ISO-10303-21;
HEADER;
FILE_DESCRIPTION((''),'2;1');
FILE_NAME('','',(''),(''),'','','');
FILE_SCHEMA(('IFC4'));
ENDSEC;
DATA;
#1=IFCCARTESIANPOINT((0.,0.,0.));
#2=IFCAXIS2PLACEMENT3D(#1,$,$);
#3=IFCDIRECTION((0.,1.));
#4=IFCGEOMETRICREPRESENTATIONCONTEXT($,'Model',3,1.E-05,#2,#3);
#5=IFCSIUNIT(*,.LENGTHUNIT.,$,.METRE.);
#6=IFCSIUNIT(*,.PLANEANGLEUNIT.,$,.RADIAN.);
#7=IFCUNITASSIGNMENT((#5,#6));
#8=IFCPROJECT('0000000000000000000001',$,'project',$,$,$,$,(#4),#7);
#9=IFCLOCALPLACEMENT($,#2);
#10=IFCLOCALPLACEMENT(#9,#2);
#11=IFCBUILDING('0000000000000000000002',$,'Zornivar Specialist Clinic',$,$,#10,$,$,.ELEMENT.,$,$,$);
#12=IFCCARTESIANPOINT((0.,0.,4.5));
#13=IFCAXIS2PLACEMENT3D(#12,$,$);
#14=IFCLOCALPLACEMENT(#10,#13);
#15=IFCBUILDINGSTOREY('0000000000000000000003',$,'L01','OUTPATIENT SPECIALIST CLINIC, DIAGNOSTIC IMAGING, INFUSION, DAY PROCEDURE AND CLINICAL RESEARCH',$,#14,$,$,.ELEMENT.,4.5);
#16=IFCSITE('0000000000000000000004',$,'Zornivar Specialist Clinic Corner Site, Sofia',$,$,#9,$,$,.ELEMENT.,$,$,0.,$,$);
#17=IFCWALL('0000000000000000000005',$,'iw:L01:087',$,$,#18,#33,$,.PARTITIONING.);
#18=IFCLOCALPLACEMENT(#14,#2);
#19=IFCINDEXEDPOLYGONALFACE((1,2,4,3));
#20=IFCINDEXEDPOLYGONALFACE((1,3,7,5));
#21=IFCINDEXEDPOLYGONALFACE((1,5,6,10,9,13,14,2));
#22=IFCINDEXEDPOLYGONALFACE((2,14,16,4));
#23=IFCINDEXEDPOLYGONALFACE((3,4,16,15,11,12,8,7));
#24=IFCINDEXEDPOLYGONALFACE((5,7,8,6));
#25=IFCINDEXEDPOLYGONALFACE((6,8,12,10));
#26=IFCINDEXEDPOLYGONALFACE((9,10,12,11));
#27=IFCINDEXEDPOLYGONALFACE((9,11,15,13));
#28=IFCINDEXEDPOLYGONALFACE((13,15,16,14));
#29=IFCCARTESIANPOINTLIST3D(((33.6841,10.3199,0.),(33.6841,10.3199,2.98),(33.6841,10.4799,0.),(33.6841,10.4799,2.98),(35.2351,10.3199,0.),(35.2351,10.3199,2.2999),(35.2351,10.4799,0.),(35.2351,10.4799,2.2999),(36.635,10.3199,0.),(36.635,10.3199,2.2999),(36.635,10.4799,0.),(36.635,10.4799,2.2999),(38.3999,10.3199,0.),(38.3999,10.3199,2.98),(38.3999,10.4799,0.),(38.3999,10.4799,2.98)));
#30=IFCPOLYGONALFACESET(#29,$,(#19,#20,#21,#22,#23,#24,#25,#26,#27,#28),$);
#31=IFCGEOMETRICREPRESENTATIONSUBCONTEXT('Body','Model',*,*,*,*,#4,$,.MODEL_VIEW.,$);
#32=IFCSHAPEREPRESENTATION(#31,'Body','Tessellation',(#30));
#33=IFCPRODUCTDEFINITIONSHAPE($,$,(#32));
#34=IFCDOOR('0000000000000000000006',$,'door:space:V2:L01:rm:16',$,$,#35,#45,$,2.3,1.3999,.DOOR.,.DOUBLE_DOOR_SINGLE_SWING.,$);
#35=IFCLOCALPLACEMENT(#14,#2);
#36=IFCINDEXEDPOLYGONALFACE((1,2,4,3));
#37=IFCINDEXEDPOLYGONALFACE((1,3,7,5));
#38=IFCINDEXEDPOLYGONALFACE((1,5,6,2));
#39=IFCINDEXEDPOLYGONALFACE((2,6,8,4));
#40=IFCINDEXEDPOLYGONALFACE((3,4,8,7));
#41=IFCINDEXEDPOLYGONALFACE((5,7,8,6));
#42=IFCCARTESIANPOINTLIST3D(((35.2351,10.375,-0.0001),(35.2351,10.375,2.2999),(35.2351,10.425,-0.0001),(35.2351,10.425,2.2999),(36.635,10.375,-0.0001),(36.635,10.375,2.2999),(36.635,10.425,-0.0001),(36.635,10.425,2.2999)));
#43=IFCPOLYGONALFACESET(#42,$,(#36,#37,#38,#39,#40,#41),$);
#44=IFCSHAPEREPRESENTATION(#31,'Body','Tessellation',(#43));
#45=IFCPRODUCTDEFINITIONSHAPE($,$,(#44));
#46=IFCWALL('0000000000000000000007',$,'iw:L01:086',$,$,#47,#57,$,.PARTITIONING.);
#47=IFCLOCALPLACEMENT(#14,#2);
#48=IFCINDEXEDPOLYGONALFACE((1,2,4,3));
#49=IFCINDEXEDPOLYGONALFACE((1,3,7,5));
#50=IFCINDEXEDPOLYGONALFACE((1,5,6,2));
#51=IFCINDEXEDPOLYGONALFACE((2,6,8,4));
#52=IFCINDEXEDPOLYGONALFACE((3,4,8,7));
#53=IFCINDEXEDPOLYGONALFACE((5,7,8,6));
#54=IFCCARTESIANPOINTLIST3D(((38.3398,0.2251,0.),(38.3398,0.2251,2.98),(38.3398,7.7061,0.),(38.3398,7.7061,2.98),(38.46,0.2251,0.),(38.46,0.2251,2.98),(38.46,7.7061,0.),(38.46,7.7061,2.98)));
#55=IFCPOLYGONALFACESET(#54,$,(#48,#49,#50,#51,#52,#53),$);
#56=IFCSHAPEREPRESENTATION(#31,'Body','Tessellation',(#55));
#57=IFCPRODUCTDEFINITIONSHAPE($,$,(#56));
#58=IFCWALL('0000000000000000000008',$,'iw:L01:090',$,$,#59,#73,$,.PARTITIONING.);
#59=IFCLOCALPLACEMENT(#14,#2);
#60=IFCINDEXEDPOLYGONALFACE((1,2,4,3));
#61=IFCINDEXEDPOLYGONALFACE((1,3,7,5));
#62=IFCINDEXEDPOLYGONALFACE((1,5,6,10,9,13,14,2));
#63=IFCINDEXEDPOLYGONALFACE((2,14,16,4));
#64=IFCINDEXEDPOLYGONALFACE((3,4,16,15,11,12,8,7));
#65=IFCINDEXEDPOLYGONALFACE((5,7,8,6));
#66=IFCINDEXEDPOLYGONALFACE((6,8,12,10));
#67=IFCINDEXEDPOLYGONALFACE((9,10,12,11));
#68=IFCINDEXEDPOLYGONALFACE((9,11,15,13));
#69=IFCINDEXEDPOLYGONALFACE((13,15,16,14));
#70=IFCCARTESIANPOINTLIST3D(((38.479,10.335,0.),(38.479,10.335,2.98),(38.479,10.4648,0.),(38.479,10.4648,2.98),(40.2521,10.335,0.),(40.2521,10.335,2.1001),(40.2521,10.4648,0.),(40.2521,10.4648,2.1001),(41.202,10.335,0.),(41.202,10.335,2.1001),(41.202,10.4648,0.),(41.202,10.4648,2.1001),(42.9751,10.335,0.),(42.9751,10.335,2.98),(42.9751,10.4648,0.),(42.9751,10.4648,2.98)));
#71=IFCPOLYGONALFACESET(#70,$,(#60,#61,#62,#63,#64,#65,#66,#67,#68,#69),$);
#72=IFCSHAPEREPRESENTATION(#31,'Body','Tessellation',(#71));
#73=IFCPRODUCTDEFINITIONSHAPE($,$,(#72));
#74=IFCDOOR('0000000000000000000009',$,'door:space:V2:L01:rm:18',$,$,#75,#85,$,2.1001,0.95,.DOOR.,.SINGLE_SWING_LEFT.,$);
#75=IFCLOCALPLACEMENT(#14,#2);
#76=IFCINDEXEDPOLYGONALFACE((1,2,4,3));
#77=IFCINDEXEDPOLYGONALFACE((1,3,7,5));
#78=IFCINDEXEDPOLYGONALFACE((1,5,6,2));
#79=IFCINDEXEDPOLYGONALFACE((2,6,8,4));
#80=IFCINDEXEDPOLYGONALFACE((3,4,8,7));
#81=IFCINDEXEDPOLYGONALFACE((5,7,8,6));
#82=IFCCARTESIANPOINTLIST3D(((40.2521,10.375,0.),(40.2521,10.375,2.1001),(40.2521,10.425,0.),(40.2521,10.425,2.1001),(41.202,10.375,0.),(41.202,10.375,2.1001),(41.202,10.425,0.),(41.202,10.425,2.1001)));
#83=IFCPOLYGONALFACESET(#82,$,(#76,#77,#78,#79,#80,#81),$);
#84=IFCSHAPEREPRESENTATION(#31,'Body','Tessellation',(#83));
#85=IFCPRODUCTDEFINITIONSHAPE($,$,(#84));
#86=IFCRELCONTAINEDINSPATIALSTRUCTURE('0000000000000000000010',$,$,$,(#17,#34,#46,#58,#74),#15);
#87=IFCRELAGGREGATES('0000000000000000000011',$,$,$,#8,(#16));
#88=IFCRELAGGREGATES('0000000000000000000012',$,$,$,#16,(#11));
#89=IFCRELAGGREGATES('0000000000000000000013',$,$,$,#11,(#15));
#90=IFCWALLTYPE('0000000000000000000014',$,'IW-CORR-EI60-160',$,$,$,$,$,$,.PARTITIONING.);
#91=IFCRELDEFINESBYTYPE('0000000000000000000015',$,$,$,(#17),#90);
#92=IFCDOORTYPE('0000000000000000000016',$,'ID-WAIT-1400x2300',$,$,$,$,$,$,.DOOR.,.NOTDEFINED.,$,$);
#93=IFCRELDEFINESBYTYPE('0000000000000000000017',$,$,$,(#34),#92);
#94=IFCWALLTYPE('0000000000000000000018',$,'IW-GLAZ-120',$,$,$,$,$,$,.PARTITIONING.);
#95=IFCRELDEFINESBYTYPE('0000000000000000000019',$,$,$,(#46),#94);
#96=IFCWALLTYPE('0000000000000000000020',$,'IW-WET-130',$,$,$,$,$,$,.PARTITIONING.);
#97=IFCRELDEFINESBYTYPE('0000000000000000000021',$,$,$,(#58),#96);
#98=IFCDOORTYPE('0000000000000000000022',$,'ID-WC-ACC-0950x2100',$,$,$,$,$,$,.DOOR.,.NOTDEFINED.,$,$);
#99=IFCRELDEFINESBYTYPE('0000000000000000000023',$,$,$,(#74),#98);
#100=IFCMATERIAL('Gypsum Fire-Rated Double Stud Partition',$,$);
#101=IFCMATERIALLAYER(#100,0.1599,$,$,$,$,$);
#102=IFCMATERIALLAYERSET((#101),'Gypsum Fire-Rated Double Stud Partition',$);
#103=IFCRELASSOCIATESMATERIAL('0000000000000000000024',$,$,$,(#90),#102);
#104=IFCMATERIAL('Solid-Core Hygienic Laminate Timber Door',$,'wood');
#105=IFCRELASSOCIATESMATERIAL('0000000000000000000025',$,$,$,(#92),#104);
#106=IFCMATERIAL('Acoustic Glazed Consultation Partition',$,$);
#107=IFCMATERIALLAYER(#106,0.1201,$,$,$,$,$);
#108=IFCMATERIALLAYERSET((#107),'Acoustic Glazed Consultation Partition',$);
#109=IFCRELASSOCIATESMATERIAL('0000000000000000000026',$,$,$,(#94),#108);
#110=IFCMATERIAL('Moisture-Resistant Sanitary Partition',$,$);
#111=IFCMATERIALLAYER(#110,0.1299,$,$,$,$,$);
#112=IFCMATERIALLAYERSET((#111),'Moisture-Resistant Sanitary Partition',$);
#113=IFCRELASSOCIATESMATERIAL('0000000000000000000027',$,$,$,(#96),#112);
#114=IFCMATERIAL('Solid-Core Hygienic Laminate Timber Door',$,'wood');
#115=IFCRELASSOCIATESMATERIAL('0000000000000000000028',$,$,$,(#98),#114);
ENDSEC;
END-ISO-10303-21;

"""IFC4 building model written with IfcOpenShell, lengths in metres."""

from ifc_helpers import new_model, si_unit, direction, frame, frame_2d, origin, place, context, subcontext, project, spatial, rectangle, extrude, material, layer, layer_set, type_object, element, fill, save


model = new_model("IFC4")

# Units and contexts
model_context = context("Model", 3, precision=1e-05, world=origin(), true_north=direction((0.0, 1.0)))
body_context = subcontext(model_context, "Body", "Model", "MODEL_VIEW")
ifc_project = project(units=[si_unit("LENGTHUNIT", "METRE"), si_unit("PLANEANGLEUNIT", "RADIAN")], contexts=[model_context])

# Site, building, storey
site_placement = place(None, origin())
site = spatial("IfcSite", under=ifc_project, at=site_placement, Name="Zornivar Specialist Clinic Corner Site, Sofia", CompositionType="ELEMENT", RefElevation=0.0)
building_placement = place(site_placement, origin())
building = spatial("IfcBuilding", under=site, at=building_placement, Name="Zornivar Specialist Clinic", CompositionType="ELEMENT")
storey_placement = place(building_placement, frame((0.0, 0.0, 4.5)))
storey = spatial("IfcBuildingStorey", under=building, at=storey_placement, Name="L01", Description="OUTPATIENT SPECIALIST CLINIC, DIAGNOSTIC IMAGING, INFUSION, DAY PROCEDURE AND CLINICAL RESEARCH", CompositionType="ELEMENT", Elevation=4.5)

# Wall, opening, door
ifc_material_1 = material(Name="Gypsum Fire-Rated Double Stud Partition")
ifc_layer_1 = layer(ifc_material_1, 0.1599)
ifc_layer_set_1 = layer_set([ifc_layer_1], Name="Gypsum Fire-Rated Double Stud Partition")
wall_type_1 = type_object("IfcWallType", Name="IW-CORR-EI60-160", PredefinedType="PARTITIONING", material=ifc_layer_set_1)
wall_1_placement = place(storey_placement, frame((38.3999, 10.3999, 0.0), z_axis=(0.0, 0.0, 1.0), x_axis=(-1.0, 0.0, 0.0)))
wall_1 = element("IfcWall", 1, at=wall_1_placement, inside=storey, type_object=wall_type_1, Name="iw:L01:087", PredefinedType="PARTITIONING", context=body_context, shape_type="SweptSolid", body=[
    extrude(rectangle(XDim=4.7158, YDim=0.1599, at=frame_2d((2.3579, 0.0))), origin(), (0.0, 0.0, 1.0), 2.98),
])
opening_1_placement = place(wall_1_placement, frame((1.7649, 0.0, 0.0)))
opening_1 = element("IfcOpeningElement", 2, at=opening_1_placement, cuts=wall_1, PredefinedType="OPENING", context=body_context, shape_type="SweptSolid", body=[
    extrude(rectangle(XDim=1.3999, YDim=2.3, at=frame_2d((0.7, 1.1499))), frame((0.0, 0.0898, 0.0), z_axis=(0.0, -1.0, 0.0), x_axis=(1.0, 0.0, 0.0)), (0.0, 0.0, 1.0), 0.1799),
])
ifc_material_2 = material(Name="Solid-Core Hygienic Laminate Timber Door", Category="wood")
door_type_1 = type_object("IfcDoorType", Name="ID-WAIT-1400x2300", OperationType="NOTDEFINED", PredefinedType="DOOR", material=ifc_material_2)
door_1_placement = place(opening_1_placement, origin())
door_1 = element("IfcDoor", 3, at=door_1_placement, inside=storey, type_object=door_type_1, Name="door:space:V2:L01:rm:16", OperationType="DOUBLE_DOOR_SINGLE_SWING", OverallHeight=2.3, OverallWidth=1.3999, PredefinedType="DOOR", context=body_context, shape_type="SweptSolid", body=[
    extrude(rectangle(XDim=1.3999, YDim=2.3, at=frame_2d((0.7, 1.1499))), frame((0.0, 0.0249, 0.0), z_axis=(0.0, -1.0, 0.0), x_axis=(1.0, 0.0, 0.0)), (0.0, 0.0, 1.0), 0.05),
])
fill(opening_1, door_1)

# Wall
ifc_material_3 = material(Name="Acoustic Glazed Consultation Partition")
ifc_layer_2 = layer(ifc_material_3, 0.1201)
ifc_layer_set_2 = layer_set([ifc_layer_2], Name="Acoustic Glazed Consultation Partition")
wall_type_2 = type_object("IfcWallType", Name="IW-GLAZ-120", PredefinedType="PARTITIONING", material=ifc_layer_set_2)
wall_2_placement = place(storey_placement, frame((38.3999, 7.7061, 0.0), z_axis=(0.0, 0.0, 1.0), x_axis=(0.0, -1.0, 0.0)))
element("IfcWall", 4, at=wall_2_placement, inside=storey, type_object=wall_type_2, Name="iw:L01:086", PredefinedType="PARTITIONING", context=body_context, shape_type="SweptSolid", body=[
    extrude(rectangle(XDim=7.481, YDim=0.1201, at=frame_2d((3.7405, 0.0))), origin(), (0.0, 0.0, 1.0), 2.98),
])

# Wall, opening, door
ifc_material_4 = material(Name="Moisture-Resistant Sanitary Partition")
ifc_layer_3 = layer(ifc_material_4, 0.1299)
ifc_layer_set_3 = layer_set([ifc_layer_3], Name="Moisture-Resistant Sanitary Partition")
wall_type_3 = type_object("IfcWallType", Name="IW-WET-130", PredefinedType="PARTITIONING", material=ifc_layer_set_3)
wall_3_placement = place(storey_placement, frame((42.9751, 10.3999, 0.0), z_axis=(0.0, 0.0, 1.0), x_axis=(-1.0, 0.0, 0.0)))
wall_3 = element("IfcWall", 5, at=wall_3_placement, inside=storey, type_object=wall_type_3, Name="iw:L01:090", PredefinedType="PARTITIONING", context=body_context, shape_type="SweptSolid", body=[
    extrude(rectangle(XDim=4.4961, YDim=0.1299, at=frame_2d((2.248, 0.0))), origin(), (0.0, 0.0, 1.0), 2.98),
])
opening_2_placement = place(wall_3_placement, frame((1.7729, 0.0, 0.0)))
opening_2 = element("IfcOpeningElement", 6, at=opening_2_placement, cuts=wall_3, PredefinedType="OPENING", context=body_context, shape_type="SweptSolid", body=[
    extrude(rectangle(XDim=0.95, YDim=2.1001, at=frame_2d((0.4751, 1.05))), frame((0.0, 0.075, 0.0), z_axis=(0.0, -1.0, 0.0), x_axis=(1.0, 0.0, 0.0)), (0.0, 0.0, 1.0), 0.1499),
])
ifc_material_5 = material(Name="Solid-Core Hygienic Laminate Timber Door", Category="wood")
door_type_2 = type_object("IfcDoorType", Name="ID-WC-ACC-0950x2100", OperationType="NOTDEFINED", PredefinedType="DOOR", material=ifc_material_5)
door_2_placement = place(opening_2_placement, origin())
door_2 = element("IfcDoor", 7, at=door_2_placement, inside=storey, type_object=door_type_2, Name="door:space:V2:L01:rm:18", OperationType="SINGLE_SWING_LEFT", OverallHeight=2.1001, OverallWidth=0.95, PredefinedType="DOOR", context=body_context, shape_type="SweptSolid", body=[
    extrude(rectangle(XDim=0.95, YDim=2.1001, at=frame_2d((0.4751, 1.05))), frame((0.0, 0.0249, 0.0), z_axis=(0.0, -1.0, 0.0), x_axis=(1.0, 0.0, 0.0)), (0.0, 0.0, 1.0), 0.05),
])
fill(opening_2, door_2)

save(model, "model.ifc")
